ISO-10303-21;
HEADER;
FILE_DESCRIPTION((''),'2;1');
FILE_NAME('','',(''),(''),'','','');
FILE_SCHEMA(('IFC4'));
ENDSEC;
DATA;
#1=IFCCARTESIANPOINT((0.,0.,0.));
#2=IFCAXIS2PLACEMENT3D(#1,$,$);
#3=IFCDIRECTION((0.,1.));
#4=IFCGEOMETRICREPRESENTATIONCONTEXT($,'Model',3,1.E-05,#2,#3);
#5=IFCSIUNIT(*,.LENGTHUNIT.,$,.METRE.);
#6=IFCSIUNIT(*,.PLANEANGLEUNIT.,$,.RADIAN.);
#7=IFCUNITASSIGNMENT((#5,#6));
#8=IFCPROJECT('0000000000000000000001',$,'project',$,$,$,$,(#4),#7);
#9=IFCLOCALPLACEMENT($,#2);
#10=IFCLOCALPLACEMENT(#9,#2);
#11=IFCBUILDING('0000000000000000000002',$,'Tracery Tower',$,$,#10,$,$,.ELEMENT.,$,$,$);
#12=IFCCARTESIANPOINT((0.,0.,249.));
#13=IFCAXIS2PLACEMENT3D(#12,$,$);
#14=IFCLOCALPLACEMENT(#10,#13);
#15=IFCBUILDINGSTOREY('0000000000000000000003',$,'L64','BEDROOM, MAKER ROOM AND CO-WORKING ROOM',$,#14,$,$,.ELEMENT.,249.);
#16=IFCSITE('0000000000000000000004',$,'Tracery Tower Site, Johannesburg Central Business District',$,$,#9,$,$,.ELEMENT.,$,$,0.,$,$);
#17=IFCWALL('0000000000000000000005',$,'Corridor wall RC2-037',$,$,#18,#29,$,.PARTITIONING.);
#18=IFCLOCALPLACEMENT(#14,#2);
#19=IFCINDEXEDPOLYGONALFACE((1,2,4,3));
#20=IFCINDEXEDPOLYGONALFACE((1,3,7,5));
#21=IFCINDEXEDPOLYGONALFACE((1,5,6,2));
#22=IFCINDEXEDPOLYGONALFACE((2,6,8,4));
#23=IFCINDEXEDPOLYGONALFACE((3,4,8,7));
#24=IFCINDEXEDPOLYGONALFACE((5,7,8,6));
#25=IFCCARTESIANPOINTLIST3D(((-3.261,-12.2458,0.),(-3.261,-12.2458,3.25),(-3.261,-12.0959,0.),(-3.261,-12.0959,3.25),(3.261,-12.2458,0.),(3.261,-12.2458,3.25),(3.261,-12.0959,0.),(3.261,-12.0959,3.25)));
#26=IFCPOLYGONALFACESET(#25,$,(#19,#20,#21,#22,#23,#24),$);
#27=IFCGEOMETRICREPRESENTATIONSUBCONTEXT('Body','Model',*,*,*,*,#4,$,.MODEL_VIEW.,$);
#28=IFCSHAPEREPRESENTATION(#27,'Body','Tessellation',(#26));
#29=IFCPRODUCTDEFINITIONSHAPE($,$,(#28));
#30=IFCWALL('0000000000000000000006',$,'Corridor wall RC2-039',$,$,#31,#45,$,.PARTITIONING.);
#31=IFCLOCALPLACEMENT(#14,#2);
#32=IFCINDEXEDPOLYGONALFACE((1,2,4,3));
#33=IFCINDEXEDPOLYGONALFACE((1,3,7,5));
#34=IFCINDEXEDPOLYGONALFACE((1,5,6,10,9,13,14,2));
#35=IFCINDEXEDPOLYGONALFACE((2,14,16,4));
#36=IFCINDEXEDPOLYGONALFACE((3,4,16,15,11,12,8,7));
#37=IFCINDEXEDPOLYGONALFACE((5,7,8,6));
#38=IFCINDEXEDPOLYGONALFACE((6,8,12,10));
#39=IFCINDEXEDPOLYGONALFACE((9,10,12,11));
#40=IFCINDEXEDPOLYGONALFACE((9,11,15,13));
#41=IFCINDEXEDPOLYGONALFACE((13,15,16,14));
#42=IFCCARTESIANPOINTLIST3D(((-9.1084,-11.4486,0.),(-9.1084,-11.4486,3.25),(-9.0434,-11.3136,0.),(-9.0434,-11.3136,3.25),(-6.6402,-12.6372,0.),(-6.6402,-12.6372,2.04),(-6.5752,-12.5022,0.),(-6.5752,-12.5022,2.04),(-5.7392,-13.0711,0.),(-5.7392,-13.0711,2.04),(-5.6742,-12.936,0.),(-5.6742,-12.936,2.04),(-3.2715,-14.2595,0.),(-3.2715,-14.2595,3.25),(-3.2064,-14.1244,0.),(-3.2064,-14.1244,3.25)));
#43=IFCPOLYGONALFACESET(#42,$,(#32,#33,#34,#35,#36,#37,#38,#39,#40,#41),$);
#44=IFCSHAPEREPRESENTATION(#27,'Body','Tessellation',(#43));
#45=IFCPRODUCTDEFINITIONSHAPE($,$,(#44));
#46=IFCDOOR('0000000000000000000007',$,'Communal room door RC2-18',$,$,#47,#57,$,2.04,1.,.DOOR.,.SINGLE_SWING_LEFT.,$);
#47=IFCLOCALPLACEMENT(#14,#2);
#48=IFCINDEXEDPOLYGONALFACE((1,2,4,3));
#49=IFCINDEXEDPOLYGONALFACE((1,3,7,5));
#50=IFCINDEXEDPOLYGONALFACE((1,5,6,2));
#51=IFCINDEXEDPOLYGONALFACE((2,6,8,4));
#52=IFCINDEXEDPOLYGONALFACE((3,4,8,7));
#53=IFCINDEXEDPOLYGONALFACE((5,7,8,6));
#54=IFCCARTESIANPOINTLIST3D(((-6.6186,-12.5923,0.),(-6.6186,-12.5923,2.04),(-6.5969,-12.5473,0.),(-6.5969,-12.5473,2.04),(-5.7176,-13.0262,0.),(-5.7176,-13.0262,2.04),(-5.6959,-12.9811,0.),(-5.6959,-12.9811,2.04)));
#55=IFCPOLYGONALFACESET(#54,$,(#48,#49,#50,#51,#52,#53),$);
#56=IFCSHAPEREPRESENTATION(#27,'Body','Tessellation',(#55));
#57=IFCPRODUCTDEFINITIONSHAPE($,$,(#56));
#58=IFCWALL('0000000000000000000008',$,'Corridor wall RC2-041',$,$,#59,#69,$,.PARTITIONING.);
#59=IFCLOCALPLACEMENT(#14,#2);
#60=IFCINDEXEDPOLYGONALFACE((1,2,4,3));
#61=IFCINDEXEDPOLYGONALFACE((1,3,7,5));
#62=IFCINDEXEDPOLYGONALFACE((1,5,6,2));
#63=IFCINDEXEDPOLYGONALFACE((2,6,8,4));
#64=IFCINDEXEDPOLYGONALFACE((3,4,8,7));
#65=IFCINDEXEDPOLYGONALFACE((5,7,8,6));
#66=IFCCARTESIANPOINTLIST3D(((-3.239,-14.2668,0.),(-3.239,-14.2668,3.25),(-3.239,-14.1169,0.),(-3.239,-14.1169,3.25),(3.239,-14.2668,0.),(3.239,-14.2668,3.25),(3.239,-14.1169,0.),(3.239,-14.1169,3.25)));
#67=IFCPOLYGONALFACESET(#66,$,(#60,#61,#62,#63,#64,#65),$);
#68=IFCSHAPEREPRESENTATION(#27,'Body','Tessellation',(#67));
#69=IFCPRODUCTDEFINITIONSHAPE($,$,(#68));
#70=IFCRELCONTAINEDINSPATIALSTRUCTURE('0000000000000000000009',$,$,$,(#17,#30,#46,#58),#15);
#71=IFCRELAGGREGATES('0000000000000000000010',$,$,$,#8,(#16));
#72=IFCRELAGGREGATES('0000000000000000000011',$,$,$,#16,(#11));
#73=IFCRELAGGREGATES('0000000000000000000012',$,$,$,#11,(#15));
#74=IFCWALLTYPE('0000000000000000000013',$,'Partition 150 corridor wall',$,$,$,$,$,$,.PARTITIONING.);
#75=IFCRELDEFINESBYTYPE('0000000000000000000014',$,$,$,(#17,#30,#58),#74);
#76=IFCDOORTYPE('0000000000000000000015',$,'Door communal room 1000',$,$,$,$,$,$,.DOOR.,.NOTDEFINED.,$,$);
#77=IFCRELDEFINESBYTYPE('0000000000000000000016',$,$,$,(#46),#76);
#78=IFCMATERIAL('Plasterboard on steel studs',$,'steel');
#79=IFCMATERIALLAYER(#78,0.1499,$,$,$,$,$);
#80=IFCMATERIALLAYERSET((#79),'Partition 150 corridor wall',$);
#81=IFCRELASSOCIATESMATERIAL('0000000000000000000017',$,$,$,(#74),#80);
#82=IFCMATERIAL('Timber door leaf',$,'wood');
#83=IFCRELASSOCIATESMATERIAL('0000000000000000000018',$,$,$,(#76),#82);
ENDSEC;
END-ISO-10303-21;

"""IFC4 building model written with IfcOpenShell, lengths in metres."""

from ifc_helpers import new_model, si_unit, direction, frame, frame_2d, origin, place, context, subcontext, project, spatial, rectangle, extrude, material, layer, layer_set, type_object, element, fill, save


model = new_model("IFC4")

# Units and contexts
model_context = context("Model", 3, precision=1e-05, world=origin(), true_north=direction((0.0, 1.0)))
body_context = subcontext(model_context, "Body", "Model", "MODEL_VIEW")
ifc_project = project(units=[si_unit("LENGTHUNIT", "METRE"), si_unit("PLANEANGLEUNIT", "RADIAN")], contexts=[model_context])

# Site, building, storey
site_placement = place(None, origin())
site = spatial("IfcSite", under=ifc_project, at=site_placement, Name="Tracery Tower Site, Johannesburg Central Business District", CompositionType="ELEMENT", RefElevation=0.0)
building_placement = place(site_placement, origin())
building = spatial("IfcBuilding", under=site, at=building_placement, Name="Tracery Tower", CompositionType="ELEMENT")
storey_placement = place(building_placement, frame((0.0, 0.0, 249.0)))
storey = spatial("IfcBuildingStorey", under=building, at=storey_placement, Name="L64", Description="BEDROOM, MAKER ROOM AND CO-WORKING ROOM", CompositionType="ELEMENT", Elevation=249.0)

# Shared definitions
ifc_material_1 = material(Name="Plasterboard on steel studs", Category="steel")
ifc_layer_1 = layer(ifc_material_1, 0.1499)
ifc_layer_set_1 = layer_set([ifc_layer_1], Name="Partition 150 corridor wall")
wall_type_1 = type_object("IfcWallType", Name="Partition 150 corridor wall", PredefinedType="PARTITIONING", material=ifc_layer_set_1)
ifc_material_2 = material(Name="Timber door leaf", Category="wood")
door_type = type_object("IfcDoorType", Name="Door communal room 1000", OperationType="NOTDEFINED", PredefinedType="DOOR", material=ifc_material_2)

# Wall
wall_1_placement = place(storey_placement, frame((-3.261, -12.1709, 0.0), z_axis=(0.0, 0.0, 1.0), x_axis=(1.0, 0.0, 0.0)))
element("IfcWall", 1, at=wall_1_placement, inside=storey, type_object=wall_type_1, Name="Corridor wall RC2-037", PredefinedType="PARTITIONING", context=body_context, shape_type="SweptSolid", body=[
    extrude(rectangle(XDim=6.522, YDim=0.1499, at=frame_2d((3.261, 0.0))), origin(), (0.0, 0.0, 1.0), 3.25),
])

# Wall, opening, door
wall_2_placement = place(storey_placement, frame((-9.0759, -11.3811, 0.0), z_axis=(0.0, 0.0, 1.0), x_axis=(0.900976, -0.433869, 0.0)))
wall_2 = element("IfcWall", 2, at=wall_2_placement, inside=storey, type_object=wall_type_1, Name="Corridor wall RC2-039", PredefinedType="PARTITIONING", context=body_context, shape_type="SweptSolid", body=[
    extrude(rectangle(XDim=6.4785, YDim=0.1499, at=frame_2d((3.2393, 0.0))), origin(), (0.0, 0.0, 1.0), 3.25),
])
opening_1_placement = place(wall_2_placement, frame((2.7395, 0.0, 0.0)))
opening_1 = element("IfcOpeningElement", 3, at=opening_1_placement, cuts=wall_2, PredefinedType="OPENING", context=body_context, shape_type="SweptSolid", body=[
    extrude(rectangle(XDim=1.0, YDim=2.04, at=frame_2d((0.5, 1.02))), frame((0.0, 0.075, 0.0), z_axis=(0.0, -1.0, 0.0), x_axis=(1.0, 0.0, 0.0)), (0.0, 0.0, 1.0), 0.1499),
])
door_1_placement = place(opening_1_placement, origin())
door_1 = element("IfcDoor", 4, at=door_1_placement, inside=storey, type_object=door_type, Name="Communal room door RC2-18", OperationType="SINGLE_SWING_LEFT", OverallHeight=2.04, OverallWidth=1.0, PredefinedType="DOOR", context=body_context, shape_type="SweptSolid", body=[
    extrude(rectangle(XDim=1.0, YDim=2.04, at=frame_2d((0.5, 1.02))), frame((0.0, 0.0249, 0.0), z_axis=(0.0, -1.0, 0.0), x_axis=(1.0, 0.0, 0.0)), (0.0, 0.0, 1.0), 0.05),
])
fill(opening_1, door_1)

# Wall
wall_3_placement = place(storey_placement, frame((-3.239, -14.1919, 0.0), z_axis=(0.0, 0.0, 1.0), x_axis=(1.0, 0.0, 0.0)))
element("IfcWall", 5, at=wall_3_placement, inside=storey, type_object=wall_type_1, Name="Corridor wall RC2-041", PredefinedType="PARTITIONING", context=body_context, shape_type="SweptSolid", body=[
    extrude(rectangle(XDim=6.478, YDim=0.1499, at=frame_2d((3.239, 0.0))), origin(), (0.0, 0.0, 1.0), 3.25),
])

save(model, "model.ifc")
